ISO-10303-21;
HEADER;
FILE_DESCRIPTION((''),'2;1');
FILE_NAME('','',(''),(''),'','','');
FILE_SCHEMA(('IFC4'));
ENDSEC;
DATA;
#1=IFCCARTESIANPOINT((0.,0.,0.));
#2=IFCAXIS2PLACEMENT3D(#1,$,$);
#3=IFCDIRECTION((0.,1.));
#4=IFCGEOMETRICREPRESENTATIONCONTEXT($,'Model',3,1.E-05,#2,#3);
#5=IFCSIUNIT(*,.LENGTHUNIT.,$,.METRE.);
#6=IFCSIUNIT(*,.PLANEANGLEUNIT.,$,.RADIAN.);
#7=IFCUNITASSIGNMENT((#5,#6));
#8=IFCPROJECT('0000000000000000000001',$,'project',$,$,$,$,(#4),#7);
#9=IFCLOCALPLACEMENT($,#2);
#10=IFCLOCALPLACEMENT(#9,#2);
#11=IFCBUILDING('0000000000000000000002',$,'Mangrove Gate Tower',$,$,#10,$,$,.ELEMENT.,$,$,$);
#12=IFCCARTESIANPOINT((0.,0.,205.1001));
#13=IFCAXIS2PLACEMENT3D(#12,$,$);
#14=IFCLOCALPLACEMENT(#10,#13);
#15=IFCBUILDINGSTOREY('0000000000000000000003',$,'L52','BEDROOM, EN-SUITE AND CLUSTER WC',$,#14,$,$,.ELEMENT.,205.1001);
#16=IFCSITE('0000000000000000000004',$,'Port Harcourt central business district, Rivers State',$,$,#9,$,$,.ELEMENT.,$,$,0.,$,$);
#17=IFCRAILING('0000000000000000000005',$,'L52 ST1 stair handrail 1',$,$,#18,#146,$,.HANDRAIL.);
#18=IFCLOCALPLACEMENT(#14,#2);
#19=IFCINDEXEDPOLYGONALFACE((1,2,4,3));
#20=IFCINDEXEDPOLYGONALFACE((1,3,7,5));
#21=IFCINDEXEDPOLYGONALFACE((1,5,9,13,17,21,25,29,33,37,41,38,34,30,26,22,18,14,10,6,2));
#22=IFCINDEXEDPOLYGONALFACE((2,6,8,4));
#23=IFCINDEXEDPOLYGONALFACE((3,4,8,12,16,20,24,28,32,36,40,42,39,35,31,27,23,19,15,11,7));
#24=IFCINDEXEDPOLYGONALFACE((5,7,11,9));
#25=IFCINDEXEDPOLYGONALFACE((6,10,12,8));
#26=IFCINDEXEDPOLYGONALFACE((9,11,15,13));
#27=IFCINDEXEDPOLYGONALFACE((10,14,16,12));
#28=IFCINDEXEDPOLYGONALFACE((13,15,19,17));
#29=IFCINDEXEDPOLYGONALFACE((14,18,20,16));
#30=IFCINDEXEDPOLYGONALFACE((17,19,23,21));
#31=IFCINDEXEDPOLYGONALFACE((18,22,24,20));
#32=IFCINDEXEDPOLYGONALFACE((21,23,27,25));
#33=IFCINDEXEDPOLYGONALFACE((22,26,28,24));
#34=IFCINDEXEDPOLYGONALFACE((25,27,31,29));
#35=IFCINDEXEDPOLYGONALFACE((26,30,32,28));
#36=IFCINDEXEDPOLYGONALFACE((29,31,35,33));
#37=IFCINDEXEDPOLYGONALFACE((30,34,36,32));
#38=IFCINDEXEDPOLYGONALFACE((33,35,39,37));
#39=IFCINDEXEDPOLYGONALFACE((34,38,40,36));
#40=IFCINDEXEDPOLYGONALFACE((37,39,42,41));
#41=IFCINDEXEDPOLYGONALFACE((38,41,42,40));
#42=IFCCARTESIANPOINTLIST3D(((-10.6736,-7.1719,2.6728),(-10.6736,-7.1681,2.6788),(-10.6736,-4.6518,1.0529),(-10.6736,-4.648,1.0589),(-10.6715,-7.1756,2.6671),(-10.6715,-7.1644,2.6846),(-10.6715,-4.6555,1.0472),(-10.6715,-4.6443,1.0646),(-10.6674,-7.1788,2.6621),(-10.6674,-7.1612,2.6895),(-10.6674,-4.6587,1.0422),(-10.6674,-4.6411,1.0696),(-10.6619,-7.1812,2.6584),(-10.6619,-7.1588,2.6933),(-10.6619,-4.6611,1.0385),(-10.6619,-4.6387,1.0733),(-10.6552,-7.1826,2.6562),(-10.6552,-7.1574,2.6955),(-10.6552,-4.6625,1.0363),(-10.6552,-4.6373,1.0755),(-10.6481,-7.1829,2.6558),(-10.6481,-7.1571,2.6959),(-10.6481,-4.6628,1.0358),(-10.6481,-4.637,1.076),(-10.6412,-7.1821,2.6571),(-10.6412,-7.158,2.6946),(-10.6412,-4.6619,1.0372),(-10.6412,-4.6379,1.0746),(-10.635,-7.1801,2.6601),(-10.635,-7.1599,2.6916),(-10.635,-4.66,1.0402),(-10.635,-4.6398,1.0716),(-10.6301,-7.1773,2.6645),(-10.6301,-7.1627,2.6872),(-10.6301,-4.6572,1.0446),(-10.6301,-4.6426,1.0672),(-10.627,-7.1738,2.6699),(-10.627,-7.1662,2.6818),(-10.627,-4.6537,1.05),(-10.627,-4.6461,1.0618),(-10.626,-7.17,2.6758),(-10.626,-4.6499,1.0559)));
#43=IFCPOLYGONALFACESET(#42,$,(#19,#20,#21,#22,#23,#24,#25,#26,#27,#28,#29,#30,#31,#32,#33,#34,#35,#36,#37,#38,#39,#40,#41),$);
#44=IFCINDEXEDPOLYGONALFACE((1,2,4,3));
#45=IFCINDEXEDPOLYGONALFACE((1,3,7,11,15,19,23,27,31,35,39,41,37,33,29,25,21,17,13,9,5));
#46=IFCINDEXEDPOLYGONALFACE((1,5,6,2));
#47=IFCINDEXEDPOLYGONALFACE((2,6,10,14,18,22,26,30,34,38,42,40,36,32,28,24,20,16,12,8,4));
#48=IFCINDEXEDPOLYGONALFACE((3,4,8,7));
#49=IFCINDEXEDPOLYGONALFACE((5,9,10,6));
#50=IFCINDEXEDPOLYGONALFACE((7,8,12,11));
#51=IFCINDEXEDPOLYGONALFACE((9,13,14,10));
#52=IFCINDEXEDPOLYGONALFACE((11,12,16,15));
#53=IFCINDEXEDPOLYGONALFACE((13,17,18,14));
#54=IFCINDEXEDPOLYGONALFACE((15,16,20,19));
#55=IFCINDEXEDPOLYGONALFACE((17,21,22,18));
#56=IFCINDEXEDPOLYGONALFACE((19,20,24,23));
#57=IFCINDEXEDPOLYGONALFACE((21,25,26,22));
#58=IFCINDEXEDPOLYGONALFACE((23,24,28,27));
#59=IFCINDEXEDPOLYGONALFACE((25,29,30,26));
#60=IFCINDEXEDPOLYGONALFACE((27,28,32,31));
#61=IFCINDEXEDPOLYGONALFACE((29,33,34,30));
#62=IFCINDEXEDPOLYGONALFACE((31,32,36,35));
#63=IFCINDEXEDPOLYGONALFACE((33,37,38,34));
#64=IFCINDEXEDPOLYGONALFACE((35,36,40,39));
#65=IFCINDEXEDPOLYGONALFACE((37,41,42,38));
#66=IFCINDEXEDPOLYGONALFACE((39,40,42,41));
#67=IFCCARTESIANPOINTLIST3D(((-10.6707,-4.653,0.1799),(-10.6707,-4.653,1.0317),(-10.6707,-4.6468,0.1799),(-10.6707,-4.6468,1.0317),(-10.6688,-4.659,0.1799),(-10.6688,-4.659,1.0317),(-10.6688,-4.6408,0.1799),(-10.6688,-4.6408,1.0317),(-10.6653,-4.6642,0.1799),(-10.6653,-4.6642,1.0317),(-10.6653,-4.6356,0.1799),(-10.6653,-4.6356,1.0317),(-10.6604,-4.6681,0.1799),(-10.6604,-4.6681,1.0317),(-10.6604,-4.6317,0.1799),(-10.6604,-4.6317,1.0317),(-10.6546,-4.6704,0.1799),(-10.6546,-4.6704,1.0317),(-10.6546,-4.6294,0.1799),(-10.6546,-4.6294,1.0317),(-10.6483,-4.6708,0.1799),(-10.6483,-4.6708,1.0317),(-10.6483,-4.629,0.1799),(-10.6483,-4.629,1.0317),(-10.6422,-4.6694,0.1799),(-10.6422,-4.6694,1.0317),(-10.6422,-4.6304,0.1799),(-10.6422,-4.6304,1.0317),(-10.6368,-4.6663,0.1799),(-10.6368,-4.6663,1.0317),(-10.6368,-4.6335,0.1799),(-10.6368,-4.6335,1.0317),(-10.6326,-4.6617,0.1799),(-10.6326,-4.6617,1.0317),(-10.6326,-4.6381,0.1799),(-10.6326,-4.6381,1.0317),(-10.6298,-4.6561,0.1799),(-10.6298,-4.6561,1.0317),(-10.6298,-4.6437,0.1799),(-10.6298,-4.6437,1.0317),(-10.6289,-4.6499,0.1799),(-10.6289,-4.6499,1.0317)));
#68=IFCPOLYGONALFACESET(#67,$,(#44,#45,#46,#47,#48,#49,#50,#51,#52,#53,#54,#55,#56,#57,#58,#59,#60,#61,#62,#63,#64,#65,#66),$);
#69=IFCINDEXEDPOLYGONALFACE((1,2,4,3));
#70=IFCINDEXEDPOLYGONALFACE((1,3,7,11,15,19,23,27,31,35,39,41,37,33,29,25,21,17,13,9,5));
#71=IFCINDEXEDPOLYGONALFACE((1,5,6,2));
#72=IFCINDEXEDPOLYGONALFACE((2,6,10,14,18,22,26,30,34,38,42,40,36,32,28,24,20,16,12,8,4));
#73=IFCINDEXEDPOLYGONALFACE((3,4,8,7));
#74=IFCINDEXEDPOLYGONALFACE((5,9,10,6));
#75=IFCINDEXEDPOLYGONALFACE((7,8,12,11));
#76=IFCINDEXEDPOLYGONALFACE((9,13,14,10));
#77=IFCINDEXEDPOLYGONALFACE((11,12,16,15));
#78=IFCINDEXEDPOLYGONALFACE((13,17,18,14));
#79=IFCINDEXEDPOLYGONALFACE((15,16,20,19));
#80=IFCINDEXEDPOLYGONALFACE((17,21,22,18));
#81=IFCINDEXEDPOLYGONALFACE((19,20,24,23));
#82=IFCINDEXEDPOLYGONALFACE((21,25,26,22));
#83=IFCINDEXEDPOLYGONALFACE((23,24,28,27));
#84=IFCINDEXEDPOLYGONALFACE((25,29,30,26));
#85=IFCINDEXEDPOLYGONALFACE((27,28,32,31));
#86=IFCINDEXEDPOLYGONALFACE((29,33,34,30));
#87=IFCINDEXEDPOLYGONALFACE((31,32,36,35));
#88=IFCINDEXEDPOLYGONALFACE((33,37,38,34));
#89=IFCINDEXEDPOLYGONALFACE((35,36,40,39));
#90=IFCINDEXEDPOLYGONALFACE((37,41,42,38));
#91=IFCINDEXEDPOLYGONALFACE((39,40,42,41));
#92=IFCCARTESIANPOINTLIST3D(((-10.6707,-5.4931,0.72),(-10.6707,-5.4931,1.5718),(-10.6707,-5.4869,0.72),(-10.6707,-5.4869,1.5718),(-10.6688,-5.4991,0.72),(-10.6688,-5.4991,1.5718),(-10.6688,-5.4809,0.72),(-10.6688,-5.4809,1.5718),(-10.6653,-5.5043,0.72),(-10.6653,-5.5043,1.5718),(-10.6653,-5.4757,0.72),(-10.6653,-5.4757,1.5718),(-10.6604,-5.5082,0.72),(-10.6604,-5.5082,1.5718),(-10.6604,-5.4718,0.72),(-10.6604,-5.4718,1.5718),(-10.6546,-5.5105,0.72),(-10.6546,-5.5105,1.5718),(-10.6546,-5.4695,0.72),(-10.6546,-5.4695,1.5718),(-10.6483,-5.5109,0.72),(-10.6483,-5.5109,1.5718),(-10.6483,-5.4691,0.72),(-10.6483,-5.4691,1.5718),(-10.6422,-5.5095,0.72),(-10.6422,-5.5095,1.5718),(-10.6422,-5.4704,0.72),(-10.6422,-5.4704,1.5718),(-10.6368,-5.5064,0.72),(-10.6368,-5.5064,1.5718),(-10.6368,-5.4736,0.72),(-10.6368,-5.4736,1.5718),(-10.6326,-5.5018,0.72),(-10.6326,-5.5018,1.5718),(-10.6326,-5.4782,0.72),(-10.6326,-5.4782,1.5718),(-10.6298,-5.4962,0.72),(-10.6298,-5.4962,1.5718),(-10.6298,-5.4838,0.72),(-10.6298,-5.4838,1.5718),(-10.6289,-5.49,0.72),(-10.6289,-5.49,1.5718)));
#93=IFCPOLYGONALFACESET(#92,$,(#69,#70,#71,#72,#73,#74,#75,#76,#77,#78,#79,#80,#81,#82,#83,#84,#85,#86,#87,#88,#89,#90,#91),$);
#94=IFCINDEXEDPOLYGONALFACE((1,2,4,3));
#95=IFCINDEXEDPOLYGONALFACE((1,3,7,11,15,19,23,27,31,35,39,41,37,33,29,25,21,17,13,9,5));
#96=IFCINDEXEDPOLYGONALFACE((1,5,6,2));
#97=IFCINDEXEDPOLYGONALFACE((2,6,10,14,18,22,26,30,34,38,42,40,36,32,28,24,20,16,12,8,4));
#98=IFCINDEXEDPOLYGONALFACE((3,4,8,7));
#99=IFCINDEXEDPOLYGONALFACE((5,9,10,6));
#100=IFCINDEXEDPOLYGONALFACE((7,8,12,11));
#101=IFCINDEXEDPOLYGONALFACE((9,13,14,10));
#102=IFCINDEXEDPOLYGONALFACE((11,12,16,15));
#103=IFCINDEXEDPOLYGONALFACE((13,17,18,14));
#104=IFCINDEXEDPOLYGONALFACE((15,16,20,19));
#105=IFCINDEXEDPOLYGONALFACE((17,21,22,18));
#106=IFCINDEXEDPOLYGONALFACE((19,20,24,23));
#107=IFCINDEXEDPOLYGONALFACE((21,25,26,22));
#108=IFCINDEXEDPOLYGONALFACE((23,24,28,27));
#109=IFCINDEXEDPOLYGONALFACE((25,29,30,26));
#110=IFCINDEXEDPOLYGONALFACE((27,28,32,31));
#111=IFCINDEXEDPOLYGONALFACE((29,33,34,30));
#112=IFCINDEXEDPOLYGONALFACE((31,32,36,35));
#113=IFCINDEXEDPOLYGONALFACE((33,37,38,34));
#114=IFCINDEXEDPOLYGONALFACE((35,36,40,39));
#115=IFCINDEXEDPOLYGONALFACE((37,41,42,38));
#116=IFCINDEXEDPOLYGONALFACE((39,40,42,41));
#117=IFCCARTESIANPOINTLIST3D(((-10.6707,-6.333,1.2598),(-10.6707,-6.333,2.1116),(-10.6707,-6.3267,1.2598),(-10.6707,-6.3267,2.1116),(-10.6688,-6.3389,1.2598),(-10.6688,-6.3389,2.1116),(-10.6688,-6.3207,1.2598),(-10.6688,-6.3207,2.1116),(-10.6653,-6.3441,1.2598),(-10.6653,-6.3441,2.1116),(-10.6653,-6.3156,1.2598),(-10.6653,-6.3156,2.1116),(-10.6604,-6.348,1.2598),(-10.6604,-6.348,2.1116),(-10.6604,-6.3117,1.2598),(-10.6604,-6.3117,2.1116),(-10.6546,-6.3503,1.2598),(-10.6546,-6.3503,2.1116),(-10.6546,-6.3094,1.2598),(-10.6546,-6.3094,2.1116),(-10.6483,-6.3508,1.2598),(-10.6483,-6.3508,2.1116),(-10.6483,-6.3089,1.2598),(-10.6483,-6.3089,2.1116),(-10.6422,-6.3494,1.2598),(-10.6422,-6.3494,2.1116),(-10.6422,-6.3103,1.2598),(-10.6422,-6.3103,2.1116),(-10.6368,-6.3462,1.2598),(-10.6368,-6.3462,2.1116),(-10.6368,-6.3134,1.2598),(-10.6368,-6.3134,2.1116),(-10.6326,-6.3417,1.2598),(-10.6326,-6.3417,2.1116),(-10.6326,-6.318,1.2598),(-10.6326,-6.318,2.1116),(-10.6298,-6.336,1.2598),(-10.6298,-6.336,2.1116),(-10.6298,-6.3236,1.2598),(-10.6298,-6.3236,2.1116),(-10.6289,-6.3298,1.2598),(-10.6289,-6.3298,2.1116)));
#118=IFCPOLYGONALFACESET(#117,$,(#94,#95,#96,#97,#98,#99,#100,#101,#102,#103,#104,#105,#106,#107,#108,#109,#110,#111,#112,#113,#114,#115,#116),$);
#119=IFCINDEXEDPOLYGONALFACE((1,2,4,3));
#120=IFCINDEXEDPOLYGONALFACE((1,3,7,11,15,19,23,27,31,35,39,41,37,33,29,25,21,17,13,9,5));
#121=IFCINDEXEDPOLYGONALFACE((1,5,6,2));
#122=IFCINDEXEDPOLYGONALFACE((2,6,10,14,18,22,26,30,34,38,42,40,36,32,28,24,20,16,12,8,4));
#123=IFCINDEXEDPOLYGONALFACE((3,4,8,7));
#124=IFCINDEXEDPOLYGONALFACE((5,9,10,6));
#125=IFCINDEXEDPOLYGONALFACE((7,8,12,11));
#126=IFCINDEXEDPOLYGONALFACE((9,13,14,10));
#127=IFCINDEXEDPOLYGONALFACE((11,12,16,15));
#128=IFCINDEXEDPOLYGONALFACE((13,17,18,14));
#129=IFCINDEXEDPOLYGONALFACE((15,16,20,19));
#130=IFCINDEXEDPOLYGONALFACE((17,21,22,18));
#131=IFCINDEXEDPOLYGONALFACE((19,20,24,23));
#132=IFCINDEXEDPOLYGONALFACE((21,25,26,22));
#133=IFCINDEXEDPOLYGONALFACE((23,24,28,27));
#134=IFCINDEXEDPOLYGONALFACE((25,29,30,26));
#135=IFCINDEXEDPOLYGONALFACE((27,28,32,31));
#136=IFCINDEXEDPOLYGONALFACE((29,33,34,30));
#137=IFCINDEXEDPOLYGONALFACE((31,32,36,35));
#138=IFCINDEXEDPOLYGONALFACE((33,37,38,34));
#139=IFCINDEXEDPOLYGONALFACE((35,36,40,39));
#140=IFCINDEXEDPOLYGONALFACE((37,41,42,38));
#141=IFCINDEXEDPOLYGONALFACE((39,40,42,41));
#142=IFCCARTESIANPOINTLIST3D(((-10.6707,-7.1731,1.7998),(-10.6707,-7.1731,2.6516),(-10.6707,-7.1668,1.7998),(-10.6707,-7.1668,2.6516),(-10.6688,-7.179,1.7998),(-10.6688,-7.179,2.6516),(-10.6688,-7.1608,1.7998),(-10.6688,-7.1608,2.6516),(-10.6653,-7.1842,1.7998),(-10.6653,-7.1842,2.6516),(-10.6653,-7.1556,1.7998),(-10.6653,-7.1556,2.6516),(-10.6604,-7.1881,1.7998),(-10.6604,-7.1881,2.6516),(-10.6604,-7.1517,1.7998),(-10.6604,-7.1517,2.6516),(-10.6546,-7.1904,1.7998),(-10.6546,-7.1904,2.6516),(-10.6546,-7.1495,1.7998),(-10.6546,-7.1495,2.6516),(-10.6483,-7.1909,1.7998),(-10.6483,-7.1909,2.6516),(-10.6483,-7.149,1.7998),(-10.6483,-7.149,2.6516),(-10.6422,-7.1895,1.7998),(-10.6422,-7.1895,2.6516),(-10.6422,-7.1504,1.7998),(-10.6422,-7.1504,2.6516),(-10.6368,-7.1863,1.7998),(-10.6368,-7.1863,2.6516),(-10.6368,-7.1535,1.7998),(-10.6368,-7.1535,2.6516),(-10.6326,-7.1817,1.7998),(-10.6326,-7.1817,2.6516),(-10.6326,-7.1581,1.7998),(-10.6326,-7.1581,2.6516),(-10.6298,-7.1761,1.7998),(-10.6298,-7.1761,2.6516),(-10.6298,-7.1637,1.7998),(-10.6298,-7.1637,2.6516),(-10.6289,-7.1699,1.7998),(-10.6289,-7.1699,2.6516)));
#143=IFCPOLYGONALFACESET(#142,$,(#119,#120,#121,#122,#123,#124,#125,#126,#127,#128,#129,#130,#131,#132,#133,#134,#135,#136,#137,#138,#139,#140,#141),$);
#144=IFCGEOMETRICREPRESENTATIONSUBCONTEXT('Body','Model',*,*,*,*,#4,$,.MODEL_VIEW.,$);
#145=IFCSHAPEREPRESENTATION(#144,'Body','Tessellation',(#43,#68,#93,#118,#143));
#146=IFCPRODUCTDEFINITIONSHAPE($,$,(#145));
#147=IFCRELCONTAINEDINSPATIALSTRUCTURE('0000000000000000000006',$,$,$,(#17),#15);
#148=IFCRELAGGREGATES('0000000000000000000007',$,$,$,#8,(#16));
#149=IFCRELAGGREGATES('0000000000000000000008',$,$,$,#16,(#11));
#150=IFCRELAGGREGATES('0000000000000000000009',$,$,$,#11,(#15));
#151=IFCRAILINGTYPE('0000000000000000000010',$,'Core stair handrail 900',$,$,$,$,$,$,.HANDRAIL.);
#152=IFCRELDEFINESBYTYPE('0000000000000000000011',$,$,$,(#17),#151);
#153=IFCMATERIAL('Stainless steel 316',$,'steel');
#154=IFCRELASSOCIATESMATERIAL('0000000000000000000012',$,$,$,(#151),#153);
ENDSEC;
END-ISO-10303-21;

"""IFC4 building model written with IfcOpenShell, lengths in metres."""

from ifc_helpers import new_model, si_unit, direction, frame, origin, origin_2d, place, context, subcontext, project, spatial, circle, extrude, material, type_object, element, save


model = new_model("IFC4")

# Units and contexts
model_context = context("Model", 3, precision=1e-05, world=origin(), true_north=direction((0.0, 1.0)))
body_context = subcontext(model_context, "Body", "Model", "MODEL_VIEW")
ifc_project = project(units=[si_unit("LENGTHUNIT", "METRE"), si_unit("PLANEANGLEUNIT", "RADIAN")], contexts=[model_context])

# Site, building, storey
site_placement = place(None, origin())
site = spatial("IfcSite", under=ifc_project, at=site_placement, Name="Port Harcourt central business district, Rivers State", CompositionType="ELEMENT", RefElevation=0.0)
building_placement = place(site_placement, origin())
building = spatial("IfcBuilding", under=site, at=building_placement, Name="Mangrove Gate Tower", CompositionType="ELEMENT")
storey_placement = place(building_placement, frame((0.0, 0.0, 205.1001)))
storey = spatial("IfcBuildingStorey", under=building, at=storey_placement, Name="L52", Description="BEDROOM, EN-SUITE AND CLUSTER WC", CompositionType="ELEMENT", Elevation=205.1001)

# Railing
ifc_material_1 = material(Name="Stainless steel 316", Category="steel")
railing_type_1 = type_object("IfcRailingType", Name="Core stair handrail 900", PredefinedType="HANDRAIL", material=ifc_material_1)
railing_1_placement = place(storey_placement, frame((-10.6499, -4.6499, 0.1799)))
element("IfcRailing", 1, at=railing_1_placement, inside=storey, type_object=railing_type_1, Name="L52 ST1 stair handrail 1", PredefinedType="HANDRAIL", context=body_context, shape_type="SweptSolid", body=[
    extrude(circle(Radius=0.0239, at=origin_2d()), frame((0.0, 0.0, 0.876), z_axis=(0.0, -0.8412, 0.540725), x_axis=(1.0, 0.0, 0.0)), (0.0, 0.0, 1.0), 2.9958),
    extrude(circle(Radius=0.021, at=origin_2d()), origin(), (0.0, 0.0, 1.0), 0.8518),
    extrude(circle(Radius=0.021, at=origin_2d()), frame((0.0, -0.8401, 0.54)), (0.0, 0.0, 1.0), 0.8518),
    extrude(circle(Radius=0.021, at=origin_2d()), frame((0.0, -1.6799, 1.0798)), (0.0, 0.0, 1.0), 0.8518),
    extrude(circle(Radius=0.021, at=origin_2d()), frame((0.0, -2.52, 1.6199)), (0.0, 0.0, 1.0), 0.8518),
])

save(model, "model.ifc")
